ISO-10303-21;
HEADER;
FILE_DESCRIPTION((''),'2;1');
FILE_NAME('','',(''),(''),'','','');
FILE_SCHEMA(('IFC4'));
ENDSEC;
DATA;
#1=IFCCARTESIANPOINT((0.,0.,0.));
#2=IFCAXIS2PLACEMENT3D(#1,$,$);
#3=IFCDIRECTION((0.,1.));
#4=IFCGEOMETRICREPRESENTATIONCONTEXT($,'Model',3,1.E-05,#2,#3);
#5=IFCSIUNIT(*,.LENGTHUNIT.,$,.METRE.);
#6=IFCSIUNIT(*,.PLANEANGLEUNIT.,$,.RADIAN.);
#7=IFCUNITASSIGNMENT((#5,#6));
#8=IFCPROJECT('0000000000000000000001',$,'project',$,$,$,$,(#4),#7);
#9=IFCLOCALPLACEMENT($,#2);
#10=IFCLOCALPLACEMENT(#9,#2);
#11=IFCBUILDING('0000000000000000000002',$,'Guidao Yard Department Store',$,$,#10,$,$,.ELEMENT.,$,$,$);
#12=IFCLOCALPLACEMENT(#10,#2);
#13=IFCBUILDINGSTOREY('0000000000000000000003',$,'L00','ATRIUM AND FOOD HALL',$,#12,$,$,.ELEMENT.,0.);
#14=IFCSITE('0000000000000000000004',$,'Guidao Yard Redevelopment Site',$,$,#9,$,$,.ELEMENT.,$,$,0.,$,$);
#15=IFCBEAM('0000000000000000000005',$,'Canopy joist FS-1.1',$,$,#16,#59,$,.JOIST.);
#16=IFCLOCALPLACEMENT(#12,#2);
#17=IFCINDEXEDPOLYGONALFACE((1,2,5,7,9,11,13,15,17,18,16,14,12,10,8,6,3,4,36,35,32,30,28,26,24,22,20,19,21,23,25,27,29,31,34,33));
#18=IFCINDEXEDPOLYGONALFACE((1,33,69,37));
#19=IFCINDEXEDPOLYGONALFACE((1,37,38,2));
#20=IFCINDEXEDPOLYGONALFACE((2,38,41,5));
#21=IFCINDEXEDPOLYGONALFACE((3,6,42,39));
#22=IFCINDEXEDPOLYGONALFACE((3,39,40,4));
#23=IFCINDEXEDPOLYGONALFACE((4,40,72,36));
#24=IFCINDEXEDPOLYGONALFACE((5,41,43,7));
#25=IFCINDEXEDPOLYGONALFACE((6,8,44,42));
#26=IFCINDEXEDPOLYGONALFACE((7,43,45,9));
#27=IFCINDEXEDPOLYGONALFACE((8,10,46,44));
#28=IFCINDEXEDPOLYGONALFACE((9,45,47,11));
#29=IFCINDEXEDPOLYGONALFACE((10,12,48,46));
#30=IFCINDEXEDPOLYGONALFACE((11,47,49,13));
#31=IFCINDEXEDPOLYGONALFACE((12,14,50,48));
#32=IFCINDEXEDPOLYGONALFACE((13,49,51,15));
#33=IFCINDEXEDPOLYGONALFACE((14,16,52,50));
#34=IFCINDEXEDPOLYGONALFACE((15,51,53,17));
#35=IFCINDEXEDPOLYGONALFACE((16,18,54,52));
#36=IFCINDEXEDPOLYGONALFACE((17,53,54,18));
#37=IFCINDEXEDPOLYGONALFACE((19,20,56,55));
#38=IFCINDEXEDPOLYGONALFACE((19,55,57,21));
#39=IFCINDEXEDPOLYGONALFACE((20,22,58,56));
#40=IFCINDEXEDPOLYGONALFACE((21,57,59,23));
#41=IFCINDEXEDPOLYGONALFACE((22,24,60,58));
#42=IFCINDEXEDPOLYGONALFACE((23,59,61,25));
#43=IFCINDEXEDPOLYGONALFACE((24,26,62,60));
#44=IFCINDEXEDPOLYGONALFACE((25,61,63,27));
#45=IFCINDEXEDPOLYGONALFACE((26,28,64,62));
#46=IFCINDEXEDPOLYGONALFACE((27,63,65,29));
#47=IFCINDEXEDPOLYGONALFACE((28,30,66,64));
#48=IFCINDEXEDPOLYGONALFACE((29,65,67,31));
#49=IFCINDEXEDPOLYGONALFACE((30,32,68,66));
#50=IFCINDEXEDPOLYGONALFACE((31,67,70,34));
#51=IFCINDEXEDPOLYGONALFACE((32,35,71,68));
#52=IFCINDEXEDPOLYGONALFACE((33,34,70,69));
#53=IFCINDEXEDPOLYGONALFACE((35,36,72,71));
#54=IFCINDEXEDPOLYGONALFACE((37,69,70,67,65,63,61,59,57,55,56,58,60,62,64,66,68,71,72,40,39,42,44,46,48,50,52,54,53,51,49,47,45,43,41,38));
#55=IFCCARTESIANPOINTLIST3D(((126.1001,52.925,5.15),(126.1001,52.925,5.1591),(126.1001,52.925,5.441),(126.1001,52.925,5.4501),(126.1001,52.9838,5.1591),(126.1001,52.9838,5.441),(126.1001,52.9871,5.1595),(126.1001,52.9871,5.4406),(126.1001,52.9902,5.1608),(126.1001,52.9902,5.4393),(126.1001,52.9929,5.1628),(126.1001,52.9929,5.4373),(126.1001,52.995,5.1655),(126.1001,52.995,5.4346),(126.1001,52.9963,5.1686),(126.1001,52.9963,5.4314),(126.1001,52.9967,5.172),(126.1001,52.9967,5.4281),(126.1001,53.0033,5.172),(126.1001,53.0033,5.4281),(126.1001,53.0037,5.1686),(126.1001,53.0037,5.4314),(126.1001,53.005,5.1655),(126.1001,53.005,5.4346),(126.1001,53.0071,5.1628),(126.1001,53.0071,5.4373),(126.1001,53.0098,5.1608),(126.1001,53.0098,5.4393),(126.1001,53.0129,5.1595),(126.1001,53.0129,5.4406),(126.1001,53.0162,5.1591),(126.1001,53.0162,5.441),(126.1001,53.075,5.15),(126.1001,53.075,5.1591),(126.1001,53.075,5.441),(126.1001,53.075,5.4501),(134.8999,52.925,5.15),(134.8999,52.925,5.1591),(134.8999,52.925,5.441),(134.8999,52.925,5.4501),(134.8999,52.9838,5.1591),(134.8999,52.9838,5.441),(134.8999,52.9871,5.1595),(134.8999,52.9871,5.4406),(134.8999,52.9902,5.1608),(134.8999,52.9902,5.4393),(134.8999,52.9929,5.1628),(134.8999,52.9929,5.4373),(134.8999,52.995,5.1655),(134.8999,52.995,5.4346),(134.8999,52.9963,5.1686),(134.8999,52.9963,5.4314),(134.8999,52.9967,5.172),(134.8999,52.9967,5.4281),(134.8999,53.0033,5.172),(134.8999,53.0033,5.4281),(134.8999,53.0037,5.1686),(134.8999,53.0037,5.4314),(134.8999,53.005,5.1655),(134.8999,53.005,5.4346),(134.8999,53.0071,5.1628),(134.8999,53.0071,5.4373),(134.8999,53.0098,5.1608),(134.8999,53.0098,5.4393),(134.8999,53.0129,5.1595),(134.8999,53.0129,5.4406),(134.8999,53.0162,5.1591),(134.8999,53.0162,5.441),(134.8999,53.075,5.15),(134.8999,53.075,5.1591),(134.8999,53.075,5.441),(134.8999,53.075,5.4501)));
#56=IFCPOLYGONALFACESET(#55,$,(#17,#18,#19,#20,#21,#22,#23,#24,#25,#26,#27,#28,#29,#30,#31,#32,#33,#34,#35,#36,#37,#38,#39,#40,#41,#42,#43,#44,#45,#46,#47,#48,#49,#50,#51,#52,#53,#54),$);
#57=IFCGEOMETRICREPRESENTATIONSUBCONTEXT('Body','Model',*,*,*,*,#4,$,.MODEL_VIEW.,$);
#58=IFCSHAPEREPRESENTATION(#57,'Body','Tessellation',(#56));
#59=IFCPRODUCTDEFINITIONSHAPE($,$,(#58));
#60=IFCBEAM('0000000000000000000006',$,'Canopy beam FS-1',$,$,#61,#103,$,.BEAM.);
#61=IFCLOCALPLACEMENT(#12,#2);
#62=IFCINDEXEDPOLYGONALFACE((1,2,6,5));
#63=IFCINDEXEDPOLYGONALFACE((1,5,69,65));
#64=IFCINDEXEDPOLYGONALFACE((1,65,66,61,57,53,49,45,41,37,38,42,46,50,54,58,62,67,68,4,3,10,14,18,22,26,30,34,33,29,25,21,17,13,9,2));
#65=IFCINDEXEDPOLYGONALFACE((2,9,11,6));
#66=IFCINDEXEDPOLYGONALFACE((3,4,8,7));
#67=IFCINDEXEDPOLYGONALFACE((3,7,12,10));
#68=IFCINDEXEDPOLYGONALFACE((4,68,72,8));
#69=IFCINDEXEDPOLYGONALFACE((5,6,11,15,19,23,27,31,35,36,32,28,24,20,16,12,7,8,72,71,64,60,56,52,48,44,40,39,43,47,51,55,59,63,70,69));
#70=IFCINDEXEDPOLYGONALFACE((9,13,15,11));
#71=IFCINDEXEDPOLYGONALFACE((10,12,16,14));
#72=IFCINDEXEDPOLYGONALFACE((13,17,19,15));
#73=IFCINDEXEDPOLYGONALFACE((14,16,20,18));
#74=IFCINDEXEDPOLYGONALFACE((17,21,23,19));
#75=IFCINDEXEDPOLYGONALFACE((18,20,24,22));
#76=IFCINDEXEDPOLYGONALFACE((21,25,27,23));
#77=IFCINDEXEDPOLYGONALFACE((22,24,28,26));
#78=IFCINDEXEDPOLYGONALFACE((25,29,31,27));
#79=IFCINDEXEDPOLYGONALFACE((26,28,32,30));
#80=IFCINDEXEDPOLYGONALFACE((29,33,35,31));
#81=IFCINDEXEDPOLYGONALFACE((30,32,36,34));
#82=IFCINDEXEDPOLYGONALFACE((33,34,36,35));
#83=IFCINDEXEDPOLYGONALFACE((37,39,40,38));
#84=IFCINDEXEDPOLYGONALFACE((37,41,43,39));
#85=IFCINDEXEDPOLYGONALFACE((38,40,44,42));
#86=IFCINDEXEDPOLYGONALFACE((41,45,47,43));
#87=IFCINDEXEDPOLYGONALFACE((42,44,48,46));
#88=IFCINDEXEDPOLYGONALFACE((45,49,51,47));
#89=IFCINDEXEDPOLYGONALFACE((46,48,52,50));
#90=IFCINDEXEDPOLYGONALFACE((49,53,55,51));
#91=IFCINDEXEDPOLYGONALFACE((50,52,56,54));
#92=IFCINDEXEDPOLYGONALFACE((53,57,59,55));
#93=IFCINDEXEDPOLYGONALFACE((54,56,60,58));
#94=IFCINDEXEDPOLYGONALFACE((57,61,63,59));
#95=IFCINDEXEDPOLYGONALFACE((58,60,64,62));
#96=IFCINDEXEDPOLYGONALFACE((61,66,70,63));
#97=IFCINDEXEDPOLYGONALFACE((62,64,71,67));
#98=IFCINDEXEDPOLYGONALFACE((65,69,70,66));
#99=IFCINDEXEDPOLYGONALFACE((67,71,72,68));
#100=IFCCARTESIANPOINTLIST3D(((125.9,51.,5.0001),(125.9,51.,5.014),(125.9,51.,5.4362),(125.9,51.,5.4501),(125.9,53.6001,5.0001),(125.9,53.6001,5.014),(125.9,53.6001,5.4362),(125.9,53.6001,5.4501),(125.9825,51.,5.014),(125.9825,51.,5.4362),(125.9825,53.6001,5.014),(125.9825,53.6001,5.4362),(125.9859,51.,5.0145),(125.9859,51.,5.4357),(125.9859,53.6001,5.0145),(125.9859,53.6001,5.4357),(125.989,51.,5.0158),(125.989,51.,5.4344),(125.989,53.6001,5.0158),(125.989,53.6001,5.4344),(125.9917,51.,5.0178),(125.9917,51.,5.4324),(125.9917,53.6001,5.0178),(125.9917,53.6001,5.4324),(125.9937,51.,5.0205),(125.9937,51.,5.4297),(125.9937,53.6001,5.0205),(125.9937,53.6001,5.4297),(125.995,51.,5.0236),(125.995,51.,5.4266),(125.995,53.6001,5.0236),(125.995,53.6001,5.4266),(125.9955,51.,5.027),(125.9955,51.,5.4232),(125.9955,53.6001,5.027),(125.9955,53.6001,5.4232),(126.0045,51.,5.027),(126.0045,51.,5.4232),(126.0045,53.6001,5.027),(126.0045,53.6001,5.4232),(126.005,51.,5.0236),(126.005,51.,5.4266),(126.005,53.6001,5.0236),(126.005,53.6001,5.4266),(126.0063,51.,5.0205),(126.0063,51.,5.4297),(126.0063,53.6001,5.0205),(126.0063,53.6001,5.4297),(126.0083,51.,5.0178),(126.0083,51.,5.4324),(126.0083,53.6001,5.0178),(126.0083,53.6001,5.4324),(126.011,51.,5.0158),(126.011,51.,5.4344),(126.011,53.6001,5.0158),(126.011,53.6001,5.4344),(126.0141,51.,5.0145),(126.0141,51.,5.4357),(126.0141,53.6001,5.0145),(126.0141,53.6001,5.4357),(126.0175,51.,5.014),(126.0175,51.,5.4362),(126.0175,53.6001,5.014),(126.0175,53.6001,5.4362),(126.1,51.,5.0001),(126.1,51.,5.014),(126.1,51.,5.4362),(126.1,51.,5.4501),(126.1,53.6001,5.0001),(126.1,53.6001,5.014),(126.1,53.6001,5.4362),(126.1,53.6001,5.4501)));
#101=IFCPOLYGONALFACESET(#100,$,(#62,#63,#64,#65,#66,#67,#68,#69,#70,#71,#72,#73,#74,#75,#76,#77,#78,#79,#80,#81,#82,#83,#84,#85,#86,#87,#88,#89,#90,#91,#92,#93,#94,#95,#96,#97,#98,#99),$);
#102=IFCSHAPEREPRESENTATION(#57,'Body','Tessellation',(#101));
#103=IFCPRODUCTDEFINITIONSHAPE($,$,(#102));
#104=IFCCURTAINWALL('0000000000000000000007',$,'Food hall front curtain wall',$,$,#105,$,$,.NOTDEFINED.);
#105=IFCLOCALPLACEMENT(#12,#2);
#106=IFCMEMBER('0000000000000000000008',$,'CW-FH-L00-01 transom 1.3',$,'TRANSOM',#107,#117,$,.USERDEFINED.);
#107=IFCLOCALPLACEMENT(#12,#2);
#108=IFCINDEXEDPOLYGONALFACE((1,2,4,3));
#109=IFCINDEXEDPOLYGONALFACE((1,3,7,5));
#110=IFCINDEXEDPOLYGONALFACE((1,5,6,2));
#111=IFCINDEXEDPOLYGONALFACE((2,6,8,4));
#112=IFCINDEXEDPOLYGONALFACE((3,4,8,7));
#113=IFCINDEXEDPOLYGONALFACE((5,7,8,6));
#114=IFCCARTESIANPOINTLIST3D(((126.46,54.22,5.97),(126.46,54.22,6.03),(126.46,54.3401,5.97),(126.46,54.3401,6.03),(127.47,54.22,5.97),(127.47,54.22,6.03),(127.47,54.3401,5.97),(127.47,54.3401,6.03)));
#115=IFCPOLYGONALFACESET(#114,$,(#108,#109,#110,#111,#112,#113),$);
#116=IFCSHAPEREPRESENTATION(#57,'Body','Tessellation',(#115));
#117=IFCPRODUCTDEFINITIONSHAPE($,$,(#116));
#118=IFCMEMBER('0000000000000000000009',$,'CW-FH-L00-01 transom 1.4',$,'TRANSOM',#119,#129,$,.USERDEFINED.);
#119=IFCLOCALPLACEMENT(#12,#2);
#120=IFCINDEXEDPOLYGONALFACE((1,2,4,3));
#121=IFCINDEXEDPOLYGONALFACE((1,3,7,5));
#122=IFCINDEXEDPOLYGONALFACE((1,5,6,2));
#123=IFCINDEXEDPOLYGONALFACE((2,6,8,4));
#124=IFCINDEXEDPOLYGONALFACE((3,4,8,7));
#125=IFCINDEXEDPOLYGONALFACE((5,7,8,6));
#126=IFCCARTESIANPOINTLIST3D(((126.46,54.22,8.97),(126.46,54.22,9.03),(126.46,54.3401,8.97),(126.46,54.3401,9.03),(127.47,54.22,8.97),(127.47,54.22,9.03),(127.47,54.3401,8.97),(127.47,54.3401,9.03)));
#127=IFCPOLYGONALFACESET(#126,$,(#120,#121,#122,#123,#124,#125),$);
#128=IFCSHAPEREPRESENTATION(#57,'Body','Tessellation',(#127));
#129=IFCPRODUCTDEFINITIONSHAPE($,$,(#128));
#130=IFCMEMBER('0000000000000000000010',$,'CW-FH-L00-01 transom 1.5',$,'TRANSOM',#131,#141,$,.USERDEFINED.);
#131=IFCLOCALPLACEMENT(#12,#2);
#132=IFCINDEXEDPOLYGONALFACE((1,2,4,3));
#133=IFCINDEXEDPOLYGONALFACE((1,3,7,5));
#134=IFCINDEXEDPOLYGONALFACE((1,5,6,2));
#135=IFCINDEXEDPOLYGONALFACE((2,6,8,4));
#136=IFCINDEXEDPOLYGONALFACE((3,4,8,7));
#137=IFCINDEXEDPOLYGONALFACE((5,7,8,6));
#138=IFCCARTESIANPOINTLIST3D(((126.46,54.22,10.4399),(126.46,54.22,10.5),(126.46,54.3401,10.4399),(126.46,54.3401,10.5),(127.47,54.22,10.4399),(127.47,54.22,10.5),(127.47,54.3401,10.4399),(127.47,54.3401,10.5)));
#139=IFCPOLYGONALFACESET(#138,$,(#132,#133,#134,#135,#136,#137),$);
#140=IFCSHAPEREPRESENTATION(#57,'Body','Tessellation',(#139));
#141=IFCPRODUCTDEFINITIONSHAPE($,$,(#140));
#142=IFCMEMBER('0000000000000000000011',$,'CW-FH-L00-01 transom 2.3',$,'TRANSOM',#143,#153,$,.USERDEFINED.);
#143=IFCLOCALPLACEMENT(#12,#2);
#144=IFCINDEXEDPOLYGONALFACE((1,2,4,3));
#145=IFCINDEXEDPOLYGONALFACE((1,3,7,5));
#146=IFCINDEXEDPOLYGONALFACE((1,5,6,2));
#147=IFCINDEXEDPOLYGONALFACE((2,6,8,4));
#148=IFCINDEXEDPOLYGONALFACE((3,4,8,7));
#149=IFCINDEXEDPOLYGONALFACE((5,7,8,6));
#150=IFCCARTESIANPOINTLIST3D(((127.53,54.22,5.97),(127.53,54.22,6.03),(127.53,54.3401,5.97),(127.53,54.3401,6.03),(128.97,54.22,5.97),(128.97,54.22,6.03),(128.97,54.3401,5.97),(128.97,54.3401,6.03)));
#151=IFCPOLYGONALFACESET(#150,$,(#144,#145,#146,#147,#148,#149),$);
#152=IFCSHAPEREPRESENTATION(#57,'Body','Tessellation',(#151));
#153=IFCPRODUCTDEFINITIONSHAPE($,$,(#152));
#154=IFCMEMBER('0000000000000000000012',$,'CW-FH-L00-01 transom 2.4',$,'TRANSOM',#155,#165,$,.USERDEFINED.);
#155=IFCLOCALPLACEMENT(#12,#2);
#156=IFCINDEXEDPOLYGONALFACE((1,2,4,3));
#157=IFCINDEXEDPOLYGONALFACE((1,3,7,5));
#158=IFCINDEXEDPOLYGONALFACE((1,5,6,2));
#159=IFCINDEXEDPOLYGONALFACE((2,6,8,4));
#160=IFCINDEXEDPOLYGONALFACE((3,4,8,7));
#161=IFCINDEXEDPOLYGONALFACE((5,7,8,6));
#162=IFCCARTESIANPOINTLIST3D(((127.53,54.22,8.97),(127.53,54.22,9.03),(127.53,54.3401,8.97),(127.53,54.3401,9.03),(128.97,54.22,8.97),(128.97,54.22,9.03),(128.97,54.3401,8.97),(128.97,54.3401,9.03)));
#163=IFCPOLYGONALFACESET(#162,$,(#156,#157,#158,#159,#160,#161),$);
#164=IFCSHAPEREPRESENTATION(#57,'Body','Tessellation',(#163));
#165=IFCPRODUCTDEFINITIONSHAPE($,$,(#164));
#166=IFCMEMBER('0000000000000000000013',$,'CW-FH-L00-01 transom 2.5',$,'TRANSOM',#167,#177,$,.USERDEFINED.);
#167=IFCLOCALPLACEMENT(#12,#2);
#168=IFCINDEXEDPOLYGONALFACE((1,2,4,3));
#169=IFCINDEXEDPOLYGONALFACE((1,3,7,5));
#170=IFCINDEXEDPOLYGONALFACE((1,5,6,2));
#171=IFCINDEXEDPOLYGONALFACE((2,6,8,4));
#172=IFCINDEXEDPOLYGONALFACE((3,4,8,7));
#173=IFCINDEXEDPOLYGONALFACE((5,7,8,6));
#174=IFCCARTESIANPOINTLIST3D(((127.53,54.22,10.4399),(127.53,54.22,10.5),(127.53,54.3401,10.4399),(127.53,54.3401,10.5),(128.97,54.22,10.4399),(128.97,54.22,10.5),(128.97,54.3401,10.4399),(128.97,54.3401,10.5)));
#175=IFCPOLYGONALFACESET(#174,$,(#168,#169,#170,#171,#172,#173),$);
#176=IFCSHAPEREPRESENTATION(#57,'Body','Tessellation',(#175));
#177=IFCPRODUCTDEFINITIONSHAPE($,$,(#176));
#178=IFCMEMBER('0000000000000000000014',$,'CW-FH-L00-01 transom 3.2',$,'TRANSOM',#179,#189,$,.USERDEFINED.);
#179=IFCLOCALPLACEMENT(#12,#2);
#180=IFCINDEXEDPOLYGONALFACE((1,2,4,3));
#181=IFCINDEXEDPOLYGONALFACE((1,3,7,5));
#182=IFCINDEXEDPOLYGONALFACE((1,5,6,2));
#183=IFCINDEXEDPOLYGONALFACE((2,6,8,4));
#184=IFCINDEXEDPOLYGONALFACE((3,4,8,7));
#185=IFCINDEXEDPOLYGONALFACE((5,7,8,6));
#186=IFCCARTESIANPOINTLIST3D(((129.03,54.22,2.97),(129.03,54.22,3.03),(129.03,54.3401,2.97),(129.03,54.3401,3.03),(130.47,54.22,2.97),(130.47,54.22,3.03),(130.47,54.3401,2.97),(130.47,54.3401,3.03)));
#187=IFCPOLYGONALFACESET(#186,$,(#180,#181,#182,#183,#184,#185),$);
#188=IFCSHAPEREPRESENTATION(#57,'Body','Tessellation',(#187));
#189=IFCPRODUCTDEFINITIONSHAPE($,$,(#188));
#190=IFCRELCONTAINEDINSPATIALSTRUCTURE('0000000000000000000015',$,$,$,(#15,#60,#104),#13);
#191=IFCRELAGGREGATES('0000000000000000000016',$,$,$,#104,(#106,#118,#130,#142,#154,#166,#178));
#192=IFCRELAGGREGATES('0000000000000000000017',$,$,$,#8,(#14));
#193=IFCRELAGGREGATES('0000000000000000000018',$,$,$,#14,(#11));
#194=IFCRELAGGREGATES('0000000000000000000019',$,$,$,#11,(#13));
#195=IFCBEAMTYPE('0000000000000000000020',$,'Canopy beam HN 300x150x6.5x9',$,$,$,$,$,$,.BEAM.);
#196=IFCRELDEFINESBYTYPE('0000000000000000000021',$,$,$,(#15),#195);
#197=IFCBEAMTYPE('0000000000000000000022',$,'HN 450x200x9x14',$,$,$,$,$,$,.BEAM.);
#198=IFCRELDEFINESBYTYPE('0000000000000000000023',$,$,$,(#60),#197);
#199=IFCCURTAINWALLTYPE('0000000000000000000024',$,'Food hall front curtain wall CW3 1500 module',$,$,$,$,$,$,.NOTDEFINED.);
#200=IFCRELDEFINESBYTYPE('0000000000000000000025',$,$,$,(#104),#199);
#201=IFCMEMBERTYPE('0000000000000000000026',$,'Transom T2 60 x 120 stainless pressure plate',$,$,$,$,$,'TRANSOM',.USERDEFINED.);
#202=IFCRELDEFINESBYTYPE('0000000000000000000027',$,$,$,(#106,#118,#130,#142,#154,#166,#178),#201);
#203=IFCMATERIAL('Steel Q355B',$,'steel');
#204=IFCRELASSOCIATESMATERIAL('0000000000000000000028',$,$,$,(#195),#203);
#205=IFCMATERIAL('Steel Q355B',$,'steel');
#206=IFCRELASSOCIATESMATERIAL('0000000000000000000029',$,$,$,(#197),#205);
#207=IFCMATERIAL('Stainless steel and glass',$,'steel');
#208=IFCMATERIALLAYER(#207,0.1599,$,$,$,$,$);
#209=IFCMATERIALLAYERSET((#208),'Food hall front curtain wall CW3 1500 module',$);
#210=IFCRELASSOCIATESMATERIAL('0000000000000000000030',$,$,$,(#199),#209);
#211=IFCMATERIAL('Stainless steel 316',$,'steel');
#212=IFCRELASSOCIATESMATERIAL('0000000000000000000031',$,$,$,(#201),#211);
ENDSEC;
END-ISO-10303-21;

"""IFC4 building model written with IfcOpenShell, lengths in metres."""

from ifc_helpers import new_model, si_unit, direction, frame, origin, origin_2d, place, context, subcontext, project, spatial, rectangle, i_section, extrude, material, layer, layer_set, material_profile, profile_set, type_object, element, aggregate, save


model = new_model("IFC4")

# Units and contexts
model_context = context("Model", 3, precision=1e-05, world=origin(), true_north=direction((0.0, 1.0)))
body_context = subcontext(model_context, "Body", "Model", "MODEL_VIEW")
ifc_project = project(units=[si_unit("LENGTHUNIT", "METRE"), si_unit("PLANEANGLEUNIT", "RADIAN")], contexts=[model_context])

# Site, building, storey
site_placement = place(None, origin())
site = spatial("IfcSite", under=ifc_project, at=site_placement, Name="Guidao Yard Redevelopment Site", CompositionType="ELEMENT", RefElevation=0.0)
building_placement = place(site_placement, origin())
building = spatial("IfcBuilding", under=site, at=building_placement, Name="Guidao Yard Department Store", CompositionType="ELEMENT")
storey_placement = place(building_placement, origin())
storey = spatial("IfcBuildingStorey", under=building, at=storey_placement, Name="L00", Description="ATRIUM AND FOOD HALL", CompositionType="ELEMENT", Elevation=0.0)

# Beams
ifc_material_1 = material(Name="Steel Q355B", Category="steel")
ifc_material_profile_1 = material_profile(ifc_material_1, i_section(OverallWidth=0.1499, OverallDepth=0.3, WebThickness=0.0066, FlangeThickness=0.009, FilletRadius=0.0129, at=origin_2d()), Name="HN 300x150x6.5x9")
ifc_profile_set_1 = profile_set([ifc_material_profile_1], Name="Steel Q355B")
beam_type_1 = type_object("IfcBeamType", Name="Canopy beam HN 300x150x6.5x9", PredefinedType="BEAM", material=ifc_profile_set_1)
beam_1_placement = place(storey_placement, frame((126.1001, 53.0, 5.3), z_axis=(1.0, 0.0, 0.0), x_axis=(0.0, 1.0, 0.0)))
element("IfcBeam", 1, at=beam_1_placement, inside=storey, type_object=beam_type_1, Name="Canopy joist FS-1.1", PredefinedType="JOIST", context=body_context, shape_type="SweptSolid", body=[
    extrude(i_section(OverallWidth=0.1499, OverallDepth=0.3, WebThickness=0.0066, FlangeThickness=0.009, FilletRadius=0.0129, at=origin_2d()), origin(), (0.0, 0.0, 1.0), 8.7998),
])
ifc_material_2 = material(Name="Steel Q355B", Category="steel")
ifc_material_profile_2 = material_profile(ifc_material_2, i_section(OverallWidth=0.2, OverallDepth=0.45, WebThickness=0.009, FlangeThickness=0.0139, FilletRadius=0.0129, at=origin_2d()), Name="HN 450x200x9x14")
ifc_profile_set_2 = profile_set([ifc_material_profile_2], Name="Steel Q355B")
beam_type_2 = type_object("IfcBeamType", Name="HN 450x200x9x14", PredefinedType="BEAM", material=ifc_profile_set_2)
beam_2_placement = place(storey_placement, frame((126.0, 53.6001, 5.2251), z_axis=(0.0, -1.0, 0.0), x_axis=(1.0, 0.0, 0.0)))
element("IfcBeam", 2, at=beam_2_placement, inside=storey, type_object=beam_type_2, Name="Canopy beam FS-1", PredefinedType="BEAM", context=body_context, shape_type="SweptSolid", body=[
    extrude(i_section(OverallWidth=0.2, OverallDepth=0.45, WebThickness=0.009, FlangeThickness=0.0139, FilletRadius=0.0129, at=origin_2d()), origin(), (0.0, 0.0, 1.0), 2.6001),
])

# Curtain wall, members
ifc_material_3 = material(Name="Stainless steel and glass", Category="steel")
ifc_layer_1 = layer(ifc_material_3, 0.1599)
ifc_layer_set_1 = layer_set([ifc_layer_1], Name="Food hall front curtain wall CW3 1500 module")
curtain_wall_type = type_object("IfcCurtainWallType", Name="Food hall front curtain wall CW3 1500 module", PredefinedType="NOTDEFINED", material=ifc_layer_set_1)
curtain_wall_placement = place(storey_placement, origin())
curtain_wall = element("IfcCurtainWall", 3, at=curtain_wall_placement, inside=storey, type_object=curtain_wall_type, Name="Food hall front curtain wall", PredefinedType="NOTDEFINED")
ifc_material_4 = material(Name="Stainless steel 316", Category="steel")
ifc_material_profile_3 = material_profile(ifc_material_4, rectangle(XDim=0.1201, YDim=0.0601, at=origin_2d()), Name="Transom T2 60 x 120 stainless pressure plate")
ifc_profile_set_3 = profile_set([ifc_material_profile_3], Name="Stainless steel 316")
member_type = type_object("IfcMemberType", Name="Transom T2 60 x 120 stainless pressure plate", ElementType="TRANSOM", PredefinedType="USERDEFINED", material=ifc_profile_set_3)
member_1_placement = place(storey_placement, frame((127.47, 54.28, 6.0), z_axis=(-1.0, 0.0, 0.0), x_axis=(0.0, -1.0, 0.0)))
member_1 = element("IfcMember", 4, at=member_1_placement, type_object=member_type, Name="CW-FH-L00-01 transom 1.3", ObjectType="TRANSOM", PredefinedType="USERDEFINED", context=body_context, shape_type="SweptSolid", body=[
    extrude(rectangle(XDim=0.1201, YDim=0.0601, at=origin_2d()), origin(), (0.0, 0.0, 1.0), 1.01),
])
member_2_placement = place(storey_placement, frame((127.47, 54.28, 9.0), z_axis=(-1.0, 0.0, 0.0), x_axis=(0.0, -1.0, 0.0)))
member_2 = element("IfcMember", 5, at=member_2_placement, type_object=member_type, Name="CW-FH-L00-01 transom 1.4", ObjectType="TRANSOM", PredefinedType="USERDEFINED", context=body_context, shape_type="SweptSolid", body=[
    extrude(rectangle(XDim=0.1201, YDim=0.0601, at=origin_2d()), origin(), (0.0, 0.0, 1.0), 1.01),
])
member_3_placement = place(storey_placement, frame((127.47, 54.28, 10.47), z_axis=(-1.0, 0.0, 0.0), x_axis=(0.0, -1.0, 0.0)))
member_3 = element("IfcMember", 6, at=member_3_placement, type_object=member_type, Name="CW-FH-L00-01 transom 1.5", ObjectType="TRANSOM", PredefinedType="USERDEFINED", context=body_context, shape_type="SweptSolid", body=[
    extrude(rectangle(XDim=0.1201, YDim=0.0601, at=origin_2d()), origin(), (0.0, 0.0, 1.0), 1.01),
])
member_4_placement = place(storey_placement, frame((128.97, 54.28, 6.0), z_axis=(-1.0, 0.0, 0.0), x_axis=(0.0, -1.0, 0.0)))
member_4 = element("IfcMember", 7, at=member_4_placement, type_object=member_type, Name="CW-FH-L00-01 transom 2.3", ObjectType="TRANSOM", PredefinedType="USERDEFINED", context=body_context, shape_type="SweptSolid", body=[
    extrude(rectangle(XDim=0.1201, YDim=0.0601, at=origin_2d()), origin(), (0.0, 0.0, 1.0), 1.4399),
])
member_5_placement = place(storey_placement, frame((128.97, 54.28, 9.0), z_axis=(-1.0, 0.0, 0.0), x_axis=(0.0, -1.0, 0.0)))
member_5 = element("IfcMember", 8, at=member_5_placement, type_object=member_type, Name="CW-FH-L00-01 transom 2.4", ObjectType="TRANSOM", PredefinedType="USERDEFINED", context=body_context, shape_type="SweptSolid", body=[
    extrude(rectangle(XDim=0.1201, YDim=0.0601, at=origin_2d()), origin(), (0.0, 0.0, 1.0), 1.4399),
])
member_6_placement = place(storey_placement, frame((128.97, 54.28, 10.47), z_axis=(-1.0, 0.0, 0.0), x_axis=(0.0, -1.0, 0.0)))
member_6 = element("IfcMember", 9, at=member_6_placement, type_object=member_type, Name="CW-FH-L00-01 transom 2.5", ObjectType="TRANSOM", PredefinedType="USERDEFINED", context=body_context, shape_type="SweptSolid", body=[
    extrude(rectangle(XDim=0.1201, YDim=0.0601, at=origin_2d()), origin(), (0.0, 0.0, 1.0), 1.4399),
])
member_7_placement = place(storey_placement, frame((130.47, 54.28, 3.0), z_axis=(-1.0, 0.0, 0.0), x_axis=(0.0, -1.0, 0.0)))
member_7 = element("IfcMember", 10, at=member_7_placement, type_object=member_type, Name="CW-FH-L00-01 transom 3.2", ObjectType="TRANSOM", PredefinedType="USERDEFINED", context=body_context, shape_type="SweptSolid", body=[
    extrude(rectangle(XDim=0.1201, YDim=0.0601, at=origin_2d()), origin(), (0.0, 0.0, 1.0), 1.4399),
])
aggregate(curtain_wall, [member_1, member_2, member_3, member_4, member_5, member_6, member_7])

save(model, "model.ifc")
